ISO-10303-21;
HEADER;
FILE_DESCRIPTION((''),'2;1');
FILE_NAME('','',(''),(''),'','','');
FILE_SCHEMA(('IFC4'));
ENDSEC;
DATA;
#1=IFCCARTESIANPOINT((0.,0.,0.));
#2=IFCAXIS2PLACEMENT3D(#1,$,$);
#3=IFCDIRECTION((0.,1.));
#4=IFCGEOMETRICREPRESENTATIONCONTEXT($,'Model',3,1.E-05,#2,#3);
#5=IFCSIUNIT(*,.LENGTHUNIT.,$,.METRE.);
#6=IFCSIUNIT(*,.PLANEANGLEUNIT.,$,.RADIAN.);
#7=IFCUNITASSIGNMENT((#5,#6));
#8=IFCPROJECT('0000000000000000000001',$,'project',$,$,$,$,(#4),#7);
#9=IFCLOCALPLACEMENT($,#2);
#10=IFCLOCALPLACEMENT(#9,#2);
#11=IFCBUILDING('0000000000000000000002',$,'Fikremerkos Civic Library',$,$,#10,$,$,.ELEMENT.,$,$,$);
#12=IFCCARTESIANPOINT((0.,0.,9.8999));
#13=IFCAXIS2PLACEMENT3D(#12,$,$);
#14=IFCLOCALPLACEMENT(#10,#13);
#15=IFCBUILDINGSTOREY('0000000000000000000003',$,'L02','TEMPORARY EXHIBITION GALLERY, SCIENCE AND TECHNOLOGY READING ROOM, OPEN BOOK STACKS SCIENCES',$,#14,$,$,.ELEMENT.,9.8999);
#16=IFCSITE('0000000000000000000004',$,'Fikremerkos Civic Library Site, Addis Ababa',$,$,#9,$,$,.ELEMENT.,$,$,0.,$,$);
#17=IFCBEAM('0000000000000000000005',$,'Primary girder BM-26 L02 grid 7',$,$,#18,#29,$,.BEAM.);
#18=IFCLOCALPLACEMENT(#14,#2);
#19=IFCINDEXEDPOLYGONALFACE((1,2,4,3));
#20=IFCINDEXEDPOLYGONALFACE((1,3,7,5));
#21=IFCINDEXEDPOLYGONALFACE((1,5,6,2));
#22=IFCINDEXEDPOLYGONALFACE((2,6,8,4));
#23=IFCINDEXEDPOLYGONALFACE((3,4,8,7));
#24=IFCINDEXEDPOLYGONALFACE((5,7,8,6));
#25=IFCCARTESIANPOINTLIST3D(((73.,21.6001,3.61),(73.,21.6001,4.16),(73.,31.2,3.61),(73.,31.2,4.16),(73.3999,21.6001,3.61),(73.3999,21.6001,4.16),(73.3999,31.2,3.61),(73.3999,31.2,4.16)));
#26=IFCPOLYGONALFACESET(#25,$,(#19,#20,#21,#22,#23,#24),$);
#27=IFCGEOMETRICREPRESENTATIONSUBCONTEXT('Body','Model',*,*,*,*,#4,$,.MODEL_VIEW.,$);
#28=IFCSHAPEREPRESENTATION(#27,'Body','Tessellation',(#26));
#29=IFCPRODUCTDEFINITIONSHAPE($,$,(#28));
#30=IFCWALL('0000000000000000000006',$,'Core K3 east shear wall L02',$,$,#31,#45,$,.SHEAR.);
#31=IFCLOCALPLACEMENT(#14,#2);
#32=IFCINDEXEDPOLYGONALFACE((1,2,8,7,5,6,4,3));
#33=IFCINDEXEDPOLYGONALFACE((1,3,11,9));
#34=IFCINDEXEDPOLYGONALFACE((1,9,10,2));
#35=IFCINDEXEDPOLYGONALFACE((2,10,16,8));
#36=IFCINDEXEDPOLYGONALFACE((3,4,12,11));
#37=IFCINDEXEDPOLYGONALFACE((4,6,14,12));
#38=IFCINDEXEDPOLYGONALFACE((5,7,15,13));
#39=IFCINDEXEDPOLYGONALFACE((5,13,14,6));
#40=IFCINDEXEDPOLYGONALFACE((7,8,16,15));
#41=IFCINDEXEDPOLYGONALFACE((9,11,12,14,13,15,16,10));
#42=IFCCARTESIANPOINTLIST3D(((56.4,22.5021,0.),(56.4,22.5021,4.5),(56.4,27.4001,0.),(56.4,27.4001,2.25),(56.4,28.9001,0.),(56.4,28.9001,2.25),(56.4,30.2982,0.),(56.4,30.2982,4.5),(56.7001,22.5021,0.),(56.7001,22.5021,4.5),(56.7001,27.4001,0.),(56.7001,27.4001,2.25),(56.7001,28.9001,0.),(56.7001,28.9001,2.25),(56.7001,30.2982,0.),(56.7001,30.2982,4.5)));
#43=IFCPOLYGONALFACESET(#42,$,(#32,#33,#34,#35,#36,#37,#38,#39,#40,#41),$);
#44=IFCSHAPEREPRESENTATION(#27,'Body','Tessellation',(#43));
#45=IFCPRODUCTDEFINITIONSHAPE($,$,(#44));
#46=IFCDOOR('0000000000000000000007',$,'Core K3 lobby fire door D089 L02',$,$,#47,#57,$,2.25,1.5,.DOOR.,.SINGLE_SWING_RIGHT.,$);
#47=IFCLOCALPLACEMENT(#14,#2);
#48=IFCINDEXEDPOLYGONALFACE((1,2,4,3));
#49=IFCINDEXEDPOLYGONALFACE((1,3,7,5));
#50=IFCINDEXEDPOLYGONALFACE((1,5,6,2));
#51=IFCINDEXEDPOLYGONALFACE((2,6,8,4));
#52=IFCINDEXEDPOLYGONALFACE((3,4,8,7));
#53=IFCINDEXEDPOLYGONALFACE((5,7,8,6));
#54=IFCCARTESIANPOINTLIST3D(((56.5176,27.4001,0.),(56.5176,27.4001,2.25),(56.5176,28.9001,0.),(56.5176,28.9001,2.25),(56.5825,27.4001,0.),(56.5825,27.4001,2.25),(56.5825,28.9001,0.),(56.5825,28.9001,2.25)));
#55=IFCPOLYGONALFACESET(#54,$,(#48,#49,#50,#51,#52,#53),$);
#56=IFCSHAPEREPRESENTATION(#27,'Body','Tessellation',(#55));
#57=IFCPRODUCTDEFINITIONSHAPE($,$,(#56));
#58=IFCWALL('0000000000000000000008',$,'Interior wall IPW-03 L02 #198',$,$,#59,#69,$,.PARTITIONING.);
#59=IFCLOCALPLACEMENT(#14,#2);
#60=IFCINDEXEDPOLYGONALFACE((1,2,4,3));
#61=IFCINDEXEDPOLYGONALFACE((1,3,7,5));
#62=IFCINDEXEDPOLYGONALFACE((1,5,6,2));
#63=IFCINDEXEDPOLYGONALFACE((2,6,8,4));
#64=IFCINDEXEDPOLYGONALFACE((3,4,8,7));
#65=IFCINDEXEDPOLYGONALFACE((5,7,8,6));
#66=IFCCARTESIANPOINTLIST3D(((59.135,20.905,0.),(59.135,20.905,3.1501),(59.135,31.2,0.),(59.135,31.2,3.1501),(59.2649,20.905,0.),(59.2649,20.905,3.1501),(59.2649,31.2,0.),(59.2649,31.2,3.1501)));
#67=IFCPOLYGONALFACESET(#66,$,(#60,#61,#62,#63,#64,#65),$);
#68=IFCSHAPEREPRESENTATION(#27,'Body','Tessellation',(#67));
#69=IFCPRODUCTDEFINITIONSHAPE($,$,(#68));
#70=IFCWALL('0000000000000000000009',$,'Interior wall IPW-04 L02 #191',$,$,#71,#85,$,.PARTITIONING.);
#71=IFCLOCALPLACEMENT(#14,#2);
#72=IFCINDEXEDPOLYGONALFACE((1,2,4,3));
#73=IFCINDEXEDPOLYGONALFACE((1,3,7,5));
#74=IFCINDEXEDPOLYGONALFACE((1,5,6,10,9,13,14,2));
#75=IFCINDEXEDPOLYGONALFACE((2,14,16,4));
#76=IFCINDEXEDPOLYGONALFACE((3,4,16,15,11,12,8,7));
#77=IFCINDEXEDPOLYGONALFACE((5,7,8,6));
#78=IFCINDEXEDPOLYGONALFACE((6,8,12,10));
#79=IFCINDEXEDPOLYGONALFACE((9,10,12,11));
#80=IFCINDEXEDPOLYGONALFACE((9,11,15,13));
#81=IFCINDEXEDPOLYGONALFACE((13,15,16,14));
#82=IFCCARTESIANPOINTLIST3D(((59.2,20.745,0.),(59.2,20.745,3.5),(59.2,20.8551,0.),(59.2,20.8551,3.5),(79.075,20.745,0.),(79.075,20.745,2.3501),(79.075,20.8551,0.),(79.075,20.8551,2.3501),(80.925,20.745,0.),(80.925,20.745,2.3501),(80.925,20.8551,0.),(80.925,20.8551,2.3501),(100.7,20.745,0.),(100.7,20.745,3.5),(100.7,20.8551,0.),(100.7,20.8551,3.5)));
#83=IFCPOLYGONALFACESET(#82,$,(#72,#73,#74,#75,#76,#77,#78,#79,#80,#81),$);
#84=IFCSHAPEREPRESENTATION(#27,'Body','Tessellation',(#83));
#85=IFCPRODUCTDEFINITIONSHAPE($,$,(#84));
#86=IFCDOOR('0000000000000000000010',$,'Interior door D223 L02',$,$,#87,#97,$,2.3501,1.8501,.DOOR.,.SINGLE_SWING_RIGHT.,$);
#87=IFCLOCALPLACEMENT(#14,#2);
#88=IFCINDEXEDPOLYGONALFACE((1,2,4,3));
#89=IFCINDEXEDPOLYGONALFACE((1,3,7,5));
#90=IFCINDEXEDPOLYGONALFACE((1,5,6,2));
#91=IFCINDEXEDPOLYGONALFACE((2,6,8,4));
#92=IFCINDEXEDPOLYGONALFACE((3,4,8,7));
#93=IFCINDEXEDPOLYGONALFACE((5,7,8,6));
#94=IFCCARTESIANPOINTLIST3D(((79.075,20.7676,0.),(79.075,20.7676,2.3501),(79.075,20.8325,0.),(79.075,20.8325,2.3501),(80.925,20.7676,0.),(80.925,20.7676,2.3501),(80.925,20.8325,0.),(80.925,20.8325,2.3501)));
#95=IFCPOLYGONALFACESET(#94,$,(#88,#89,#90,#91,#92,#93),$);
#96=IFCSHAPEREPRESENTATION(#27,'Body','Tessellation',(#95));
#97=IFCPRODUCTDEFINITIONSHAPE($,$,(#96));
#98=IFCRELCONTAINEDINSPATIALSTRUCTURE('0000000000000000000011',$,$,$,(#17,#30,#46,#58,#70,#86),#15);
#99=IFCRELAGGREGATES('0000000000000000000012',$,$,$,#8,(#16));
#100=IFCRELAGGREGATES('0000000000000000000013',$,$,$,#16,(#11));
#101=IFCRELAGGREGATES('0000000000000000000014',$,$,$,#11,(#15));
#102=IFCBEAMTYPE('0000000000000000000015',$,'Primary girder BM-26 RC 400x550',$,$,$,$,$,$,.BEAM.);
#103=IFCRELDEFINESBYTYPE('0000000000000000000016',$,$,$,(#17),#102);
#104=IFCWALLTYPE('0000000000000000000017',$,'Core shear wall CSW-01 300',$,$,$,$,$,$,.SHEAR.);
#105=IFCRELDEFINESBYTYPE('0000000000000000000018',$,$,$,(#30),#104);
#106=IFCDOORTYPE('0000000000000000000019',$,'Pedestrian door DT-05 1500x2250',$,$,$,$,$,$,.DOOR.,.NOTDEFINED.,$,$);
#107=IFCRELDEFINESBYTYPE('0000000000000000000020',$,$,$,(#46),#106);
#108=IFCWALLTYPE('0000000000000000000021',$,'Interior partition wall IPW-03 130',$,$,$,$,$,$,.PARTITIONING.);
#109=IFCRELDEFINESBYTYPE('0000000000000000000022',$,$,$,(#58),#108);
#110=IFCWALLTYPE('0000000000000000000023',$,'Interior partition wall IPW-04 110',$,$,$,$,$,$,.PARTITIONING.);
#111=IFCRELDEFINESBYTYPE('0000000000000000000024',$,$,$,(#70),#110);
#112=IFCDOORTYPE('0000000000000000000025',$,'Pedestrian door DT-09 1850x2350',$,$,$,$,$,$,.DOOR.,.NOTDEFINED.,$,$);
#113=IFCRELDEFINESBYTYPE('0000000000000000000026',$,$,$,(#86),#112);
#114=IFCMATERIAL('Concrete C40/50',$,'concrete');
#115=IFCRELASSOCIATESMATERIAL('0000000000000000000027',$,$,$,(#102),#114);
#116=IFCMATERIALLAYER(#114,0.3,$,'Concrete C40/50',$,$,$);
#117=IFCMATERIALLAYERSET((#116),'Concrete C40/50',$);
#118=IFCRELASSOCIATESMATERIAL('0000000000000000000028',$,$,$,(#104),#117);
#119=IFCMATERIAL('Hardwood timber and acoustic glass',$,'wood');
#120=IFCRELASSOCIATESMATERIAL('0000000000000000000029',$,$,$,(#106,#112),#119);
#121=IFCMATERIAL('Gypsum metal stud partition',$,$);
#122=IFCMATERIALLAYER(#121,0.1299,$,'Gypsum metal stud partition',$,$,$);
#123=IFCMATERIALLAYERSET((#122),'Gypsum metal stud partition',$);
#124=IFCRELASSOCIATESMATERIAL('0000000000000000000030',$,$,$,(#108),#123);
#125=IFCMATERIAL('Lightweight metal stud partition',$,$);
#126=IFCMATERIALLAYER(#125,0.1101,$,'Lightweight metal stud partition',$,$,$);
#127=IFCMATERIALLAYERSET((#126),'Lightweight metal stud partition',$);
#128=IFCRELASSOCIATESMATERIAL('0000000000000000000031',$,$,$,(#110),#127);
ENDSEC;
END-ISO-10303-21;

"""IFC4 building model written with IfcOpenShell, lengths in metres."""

from ifc_helpers import new_model, si_unit, direction, frame, frame_2d, origin, origin_2d, place, context, subcontext, project, spatial, rectangle, extrude, material, layer, layer_set, material_profile, profile_set, type_object, element, fill, save


model = new_model("IFC4")

# Units and contexts
model_context = context("Model", 3, precision=1e-05, world=origin(), true_north=direction((0.0, 1.0)))
body_context = subcontext(model_context, "Body", "Model", "MODEL_VIEW")
ifc_project = project(units=[si_unit("LENGTHUNIT", "METRE"), si_unit("PLANEANGLEUNIT", "RADIAN")], contexts=[model_context])

# Site, building, storey
site_placement = place(None, origin())
site = spatial("IfcSite", under=ifc_project, at=site_placement, Name="Fikremerkos Civic Library Site, Addis Ababa", CompositionType="ELEMENT", RefElevation=0.0)
building_placement = place(site_placement, origin())
building = spatial("IfcBuilding", under=site, at=building_placement, Name="Fikremerkos Civic Library", CompositionType="ELEMENT")
storey_placement = place(building_placement, frame((0.0, 0.0, 9.8999)))
storey = spatial("IfcBuildingStorey", under=building, at=storey_placement, Name="L02", Description="TEMPORARY EXHIBITION GALLERY, SCIENCE AND TECHNOLOGY READING ROOM, OPEN BOOK STACKS SCIENCES", CompositionType="ELEMENT", Elevation=9.8999)

# Shared definitions
ifc_material_1 = material(Name="Concrete C40/50", Category="concrete")

# Beam
ifc_material_profile_1 = material_profile(ifc_material_1, rectangle(XDim=0.3999, YDim=0.55, at=origin_2d()), Name="RC 400x550")
ifc_profile_set_1 = profile_set([ifc_material_profile_1], Name="Concrete C40/50")
beam_type_1 = type_object("IfcBeamType", Name="Primary girder BM-26 RC 400x550", PredefinedType="BEAM", material=ifc_profile_set_1)
beam_1_placement = place(storey_placement, frame((73.2, 21.6001, 3.885), z_axis=(0.0, 1.0, 0.0), x_axis=(-1.0, 0.0, 0.0)))
element("IfcBeam", 1, at=beam_1_placement, inside=storey, type_object=beam_type_1, Name="Primary girder BM-26 L02 grid 7", PredefinedType="BEAM", context=body_context, shape_type="SweptSolid", body=[
    extrude(rectangle(XDim=0.3999, YDim=0.55, at=origin_2d()), origin(), (0.0, 0.0, 1.0), 9.5999),
])

# Wall, opening, door
ifc_layer_1 = layer(ifc_material_1, 0.3, Name="Concrete C40/50")
ifc_layer_set_1 = layer_set([ifc_layer_1], Name="Concrete C40/50")
wall_type_1 = type_object("IfcWallType", Name="Core shear wall CSW-01 300", PredefinedType="SHEAR", material=ifc_layer_set_1)
wall_1_placement = place(storey_placement, frame((56.55, 30.2981, 0.0), z_axis=(0.0, 0.0, 1.0), x_axis=(0.0, -1.0, 0.0)))
wall_1 = element("IfcWall", 2, at=wall_1_placement, inside=storey, type_object=wall_type_1, Name="Core K3 east shear wall L02", PredefinedType="SHEAR", context=body_context, shape_type="SweptSolid", body=[
    extrude(rectangle(XDim=7.7961, YDim=0.3, at=frame_2d((3.8979, 0.0))), origin(), (0.0, 0.0, 1.0), 4.5),
])
opening_1_placement = place(wall_1_placement, frame((1.3979, 0.0, 0.0)))
opening_1 = element("IfcOpeningElement", 3, at=opening_1_placement, cuts=wall_1, PredefinedType="OPENING", context=body_context, shape_type="SweptSolid", body=[
    extrude(rectangle(XDim=1.5, YDim=2.25, at=frame_2d((0.75, 1.125))), frame((0.0, 0.1599, 0.0), z_axis=(0.0, -1.0, 0.0), x_axis=(1.0, 0.0, 0.0)), (0.0, 0.0, 1.0), 0.3201),
])
ifc_material_2 = material(Name="Hardwood timber and acoustic glass", Category="wood")
door_type_1 = type_object("IfcDoorType", Name="Pedestrian door DT-05 1500x2250", OperationType="NOTDEFINED", PredefinedType="DOOR", material=ifc_material_2)
door_1_placement = place(opening_1_placement, origin())
door_1 = element("IfcDoor", 4, at=door_1_placement, inside=storey, type_object=door_type_1, Name="Core K3 lobby fire door D089 L02", OperationType="SINGLE_SWING_RIGHT", OverallHeight=2.25, OverallWidth=1.5, PredefinedType="DOOR", context=body_context, shape_type="SweptSolid", body=[
    extrude(rectangle(XDim=1.5, YDim=2.25, at=frame_2d((0.75, 1.125))), frame((0.0, 0.0325, 0.0), z_axis=(0.0, -1.0, 0.0), x_axis=(1.0, 0.0, 0.0)), (0.0, 0.0, 1.0), 0.0649),
])
fill(opening_1, door_1)

# Wall
ifc_material_3 = material(Name="Gypsum metal stud partition")
ifc_layer_2 = layer(ifc_material_3, 0.1299, Name="Gypsum metal stud partition")
ifc_layer_set_2 = layer_set([ifc_layer_2], Name="Gypsum metal stud partition")
wall_type_2 = type_object("IfcWallType", Name="Interior partition wall IPW-03 130", PredefinedType="PARTITIONING", material=ifc_layer_set_2)
wall_2_placement = place(storey_placement, frame((59.2, 20.905, 0.0), z_axis=(0.0, 0.0, 1.0), x_axis=(0.0, 1.0, 0.0)))
element("IfcWall", 5, at=wall_2_placement, inside=storey, type_object=wall_type_2, Name="Interior wall IPW-03 L02 #198", PredefinedType="PARTITIONING", context=body_context, shape_type="SweptSolid", body=[
    extrude(rectangle(XDim=10.2949, YDim=0.1299, at=frame_2d((5.1475, 0.0))), origin(), (0.0, 0.0, 1.0), 3.1501),
])

# Wall, opening, door
ifc_material_4 = material(Name="Lightweight metal stud partition")
ifc_layer_3 = layer(ifc_material_4, 0.1101, Name="Lightweight metal stud partition")
ifc_layer_set_3 = layer_set([ifc_layer_3], Name="Lightweight metal stud partition")
wall_type_3 = type_object("IfcWallType", Name="Interior partition wall IPW-04 110", PredefinedType="PARTITIONING", material=ifc_layer_set_3)
wall_3_placement = place(storey_placement, frame((59.2, 20.8, 0.0), z_axis=(0.0, 0.0, 1.0), x_axis=(1.0, 0.0, 0.0)))
wall_3 = element("IfcWall", 6, at=wall_3_placement, inside=storey, type_object=wall_type_3, Name="Interior wall IPW-04 L02 #191", PredefinedType="PARTITIONING", context=body_context, shape_type="SweptSolid", body=[
    extrude(rectangle(XDim=41.5, YDim=0.1101, at=frame_2d((20.75, 0.0))), origin(), (0.0, 0.0, 1.0), 3.5),
])
opening_2_placement = place(wall_3_placement, frame((19.875, 0.0, 0.0)))
opening_2 = element("IfcOpeningElement", 7, at=opening_2_placement, cuts=wall_3, PredefinedType="OPENING", context=body_context, shape_type="SweptSolid", body=[
    extrude(rectangle(XDim=1.8501, YDim=2.3501, at=frame_2d((0.925, 1.175))), frame((0.0, 0.0649, 0.0), z_axis=(0.0, -1.0, 0.0), x_axis=(1.0, 0.0, 0.0)), (0.0, 0.0, 1.0), 0.1301),
])
door_type_2 = type_object("IfcDoorType", Name="Pedestrian door DT-09 1850x2350", OperationType="NOTDEFINED", PredefinedType="DOOR", material=ifc_material_2)
door_2_placement = place(opening_2_placement, origin())
door_2 = element("IfcDoor", 8, at=door_2_placement, inside=storey, type_object=door_type_2, Name="Interior door D223 L02", OperationType="SINGLE_SWING_RIGHT", OverallHeight=2.3501, OverallWidth=1.8501, PredefinedType="DOOR", context=body_context, shape_type="SweptSolid", body=[
    extrude(rectangle(XDim=1.8501, YDim=2.3501, at=frame_2d((0.925, 1.175))), frame((0.0, 0.0325, 0.0), z_axis=(0.0, -1.0, 0.0), x_axis=(1.0, 0.0, 0.0)), (0.0, 0.0, 1.0), 0.0649),
])
fill(opening_2, door_2)

save(model, "model.ifc")
